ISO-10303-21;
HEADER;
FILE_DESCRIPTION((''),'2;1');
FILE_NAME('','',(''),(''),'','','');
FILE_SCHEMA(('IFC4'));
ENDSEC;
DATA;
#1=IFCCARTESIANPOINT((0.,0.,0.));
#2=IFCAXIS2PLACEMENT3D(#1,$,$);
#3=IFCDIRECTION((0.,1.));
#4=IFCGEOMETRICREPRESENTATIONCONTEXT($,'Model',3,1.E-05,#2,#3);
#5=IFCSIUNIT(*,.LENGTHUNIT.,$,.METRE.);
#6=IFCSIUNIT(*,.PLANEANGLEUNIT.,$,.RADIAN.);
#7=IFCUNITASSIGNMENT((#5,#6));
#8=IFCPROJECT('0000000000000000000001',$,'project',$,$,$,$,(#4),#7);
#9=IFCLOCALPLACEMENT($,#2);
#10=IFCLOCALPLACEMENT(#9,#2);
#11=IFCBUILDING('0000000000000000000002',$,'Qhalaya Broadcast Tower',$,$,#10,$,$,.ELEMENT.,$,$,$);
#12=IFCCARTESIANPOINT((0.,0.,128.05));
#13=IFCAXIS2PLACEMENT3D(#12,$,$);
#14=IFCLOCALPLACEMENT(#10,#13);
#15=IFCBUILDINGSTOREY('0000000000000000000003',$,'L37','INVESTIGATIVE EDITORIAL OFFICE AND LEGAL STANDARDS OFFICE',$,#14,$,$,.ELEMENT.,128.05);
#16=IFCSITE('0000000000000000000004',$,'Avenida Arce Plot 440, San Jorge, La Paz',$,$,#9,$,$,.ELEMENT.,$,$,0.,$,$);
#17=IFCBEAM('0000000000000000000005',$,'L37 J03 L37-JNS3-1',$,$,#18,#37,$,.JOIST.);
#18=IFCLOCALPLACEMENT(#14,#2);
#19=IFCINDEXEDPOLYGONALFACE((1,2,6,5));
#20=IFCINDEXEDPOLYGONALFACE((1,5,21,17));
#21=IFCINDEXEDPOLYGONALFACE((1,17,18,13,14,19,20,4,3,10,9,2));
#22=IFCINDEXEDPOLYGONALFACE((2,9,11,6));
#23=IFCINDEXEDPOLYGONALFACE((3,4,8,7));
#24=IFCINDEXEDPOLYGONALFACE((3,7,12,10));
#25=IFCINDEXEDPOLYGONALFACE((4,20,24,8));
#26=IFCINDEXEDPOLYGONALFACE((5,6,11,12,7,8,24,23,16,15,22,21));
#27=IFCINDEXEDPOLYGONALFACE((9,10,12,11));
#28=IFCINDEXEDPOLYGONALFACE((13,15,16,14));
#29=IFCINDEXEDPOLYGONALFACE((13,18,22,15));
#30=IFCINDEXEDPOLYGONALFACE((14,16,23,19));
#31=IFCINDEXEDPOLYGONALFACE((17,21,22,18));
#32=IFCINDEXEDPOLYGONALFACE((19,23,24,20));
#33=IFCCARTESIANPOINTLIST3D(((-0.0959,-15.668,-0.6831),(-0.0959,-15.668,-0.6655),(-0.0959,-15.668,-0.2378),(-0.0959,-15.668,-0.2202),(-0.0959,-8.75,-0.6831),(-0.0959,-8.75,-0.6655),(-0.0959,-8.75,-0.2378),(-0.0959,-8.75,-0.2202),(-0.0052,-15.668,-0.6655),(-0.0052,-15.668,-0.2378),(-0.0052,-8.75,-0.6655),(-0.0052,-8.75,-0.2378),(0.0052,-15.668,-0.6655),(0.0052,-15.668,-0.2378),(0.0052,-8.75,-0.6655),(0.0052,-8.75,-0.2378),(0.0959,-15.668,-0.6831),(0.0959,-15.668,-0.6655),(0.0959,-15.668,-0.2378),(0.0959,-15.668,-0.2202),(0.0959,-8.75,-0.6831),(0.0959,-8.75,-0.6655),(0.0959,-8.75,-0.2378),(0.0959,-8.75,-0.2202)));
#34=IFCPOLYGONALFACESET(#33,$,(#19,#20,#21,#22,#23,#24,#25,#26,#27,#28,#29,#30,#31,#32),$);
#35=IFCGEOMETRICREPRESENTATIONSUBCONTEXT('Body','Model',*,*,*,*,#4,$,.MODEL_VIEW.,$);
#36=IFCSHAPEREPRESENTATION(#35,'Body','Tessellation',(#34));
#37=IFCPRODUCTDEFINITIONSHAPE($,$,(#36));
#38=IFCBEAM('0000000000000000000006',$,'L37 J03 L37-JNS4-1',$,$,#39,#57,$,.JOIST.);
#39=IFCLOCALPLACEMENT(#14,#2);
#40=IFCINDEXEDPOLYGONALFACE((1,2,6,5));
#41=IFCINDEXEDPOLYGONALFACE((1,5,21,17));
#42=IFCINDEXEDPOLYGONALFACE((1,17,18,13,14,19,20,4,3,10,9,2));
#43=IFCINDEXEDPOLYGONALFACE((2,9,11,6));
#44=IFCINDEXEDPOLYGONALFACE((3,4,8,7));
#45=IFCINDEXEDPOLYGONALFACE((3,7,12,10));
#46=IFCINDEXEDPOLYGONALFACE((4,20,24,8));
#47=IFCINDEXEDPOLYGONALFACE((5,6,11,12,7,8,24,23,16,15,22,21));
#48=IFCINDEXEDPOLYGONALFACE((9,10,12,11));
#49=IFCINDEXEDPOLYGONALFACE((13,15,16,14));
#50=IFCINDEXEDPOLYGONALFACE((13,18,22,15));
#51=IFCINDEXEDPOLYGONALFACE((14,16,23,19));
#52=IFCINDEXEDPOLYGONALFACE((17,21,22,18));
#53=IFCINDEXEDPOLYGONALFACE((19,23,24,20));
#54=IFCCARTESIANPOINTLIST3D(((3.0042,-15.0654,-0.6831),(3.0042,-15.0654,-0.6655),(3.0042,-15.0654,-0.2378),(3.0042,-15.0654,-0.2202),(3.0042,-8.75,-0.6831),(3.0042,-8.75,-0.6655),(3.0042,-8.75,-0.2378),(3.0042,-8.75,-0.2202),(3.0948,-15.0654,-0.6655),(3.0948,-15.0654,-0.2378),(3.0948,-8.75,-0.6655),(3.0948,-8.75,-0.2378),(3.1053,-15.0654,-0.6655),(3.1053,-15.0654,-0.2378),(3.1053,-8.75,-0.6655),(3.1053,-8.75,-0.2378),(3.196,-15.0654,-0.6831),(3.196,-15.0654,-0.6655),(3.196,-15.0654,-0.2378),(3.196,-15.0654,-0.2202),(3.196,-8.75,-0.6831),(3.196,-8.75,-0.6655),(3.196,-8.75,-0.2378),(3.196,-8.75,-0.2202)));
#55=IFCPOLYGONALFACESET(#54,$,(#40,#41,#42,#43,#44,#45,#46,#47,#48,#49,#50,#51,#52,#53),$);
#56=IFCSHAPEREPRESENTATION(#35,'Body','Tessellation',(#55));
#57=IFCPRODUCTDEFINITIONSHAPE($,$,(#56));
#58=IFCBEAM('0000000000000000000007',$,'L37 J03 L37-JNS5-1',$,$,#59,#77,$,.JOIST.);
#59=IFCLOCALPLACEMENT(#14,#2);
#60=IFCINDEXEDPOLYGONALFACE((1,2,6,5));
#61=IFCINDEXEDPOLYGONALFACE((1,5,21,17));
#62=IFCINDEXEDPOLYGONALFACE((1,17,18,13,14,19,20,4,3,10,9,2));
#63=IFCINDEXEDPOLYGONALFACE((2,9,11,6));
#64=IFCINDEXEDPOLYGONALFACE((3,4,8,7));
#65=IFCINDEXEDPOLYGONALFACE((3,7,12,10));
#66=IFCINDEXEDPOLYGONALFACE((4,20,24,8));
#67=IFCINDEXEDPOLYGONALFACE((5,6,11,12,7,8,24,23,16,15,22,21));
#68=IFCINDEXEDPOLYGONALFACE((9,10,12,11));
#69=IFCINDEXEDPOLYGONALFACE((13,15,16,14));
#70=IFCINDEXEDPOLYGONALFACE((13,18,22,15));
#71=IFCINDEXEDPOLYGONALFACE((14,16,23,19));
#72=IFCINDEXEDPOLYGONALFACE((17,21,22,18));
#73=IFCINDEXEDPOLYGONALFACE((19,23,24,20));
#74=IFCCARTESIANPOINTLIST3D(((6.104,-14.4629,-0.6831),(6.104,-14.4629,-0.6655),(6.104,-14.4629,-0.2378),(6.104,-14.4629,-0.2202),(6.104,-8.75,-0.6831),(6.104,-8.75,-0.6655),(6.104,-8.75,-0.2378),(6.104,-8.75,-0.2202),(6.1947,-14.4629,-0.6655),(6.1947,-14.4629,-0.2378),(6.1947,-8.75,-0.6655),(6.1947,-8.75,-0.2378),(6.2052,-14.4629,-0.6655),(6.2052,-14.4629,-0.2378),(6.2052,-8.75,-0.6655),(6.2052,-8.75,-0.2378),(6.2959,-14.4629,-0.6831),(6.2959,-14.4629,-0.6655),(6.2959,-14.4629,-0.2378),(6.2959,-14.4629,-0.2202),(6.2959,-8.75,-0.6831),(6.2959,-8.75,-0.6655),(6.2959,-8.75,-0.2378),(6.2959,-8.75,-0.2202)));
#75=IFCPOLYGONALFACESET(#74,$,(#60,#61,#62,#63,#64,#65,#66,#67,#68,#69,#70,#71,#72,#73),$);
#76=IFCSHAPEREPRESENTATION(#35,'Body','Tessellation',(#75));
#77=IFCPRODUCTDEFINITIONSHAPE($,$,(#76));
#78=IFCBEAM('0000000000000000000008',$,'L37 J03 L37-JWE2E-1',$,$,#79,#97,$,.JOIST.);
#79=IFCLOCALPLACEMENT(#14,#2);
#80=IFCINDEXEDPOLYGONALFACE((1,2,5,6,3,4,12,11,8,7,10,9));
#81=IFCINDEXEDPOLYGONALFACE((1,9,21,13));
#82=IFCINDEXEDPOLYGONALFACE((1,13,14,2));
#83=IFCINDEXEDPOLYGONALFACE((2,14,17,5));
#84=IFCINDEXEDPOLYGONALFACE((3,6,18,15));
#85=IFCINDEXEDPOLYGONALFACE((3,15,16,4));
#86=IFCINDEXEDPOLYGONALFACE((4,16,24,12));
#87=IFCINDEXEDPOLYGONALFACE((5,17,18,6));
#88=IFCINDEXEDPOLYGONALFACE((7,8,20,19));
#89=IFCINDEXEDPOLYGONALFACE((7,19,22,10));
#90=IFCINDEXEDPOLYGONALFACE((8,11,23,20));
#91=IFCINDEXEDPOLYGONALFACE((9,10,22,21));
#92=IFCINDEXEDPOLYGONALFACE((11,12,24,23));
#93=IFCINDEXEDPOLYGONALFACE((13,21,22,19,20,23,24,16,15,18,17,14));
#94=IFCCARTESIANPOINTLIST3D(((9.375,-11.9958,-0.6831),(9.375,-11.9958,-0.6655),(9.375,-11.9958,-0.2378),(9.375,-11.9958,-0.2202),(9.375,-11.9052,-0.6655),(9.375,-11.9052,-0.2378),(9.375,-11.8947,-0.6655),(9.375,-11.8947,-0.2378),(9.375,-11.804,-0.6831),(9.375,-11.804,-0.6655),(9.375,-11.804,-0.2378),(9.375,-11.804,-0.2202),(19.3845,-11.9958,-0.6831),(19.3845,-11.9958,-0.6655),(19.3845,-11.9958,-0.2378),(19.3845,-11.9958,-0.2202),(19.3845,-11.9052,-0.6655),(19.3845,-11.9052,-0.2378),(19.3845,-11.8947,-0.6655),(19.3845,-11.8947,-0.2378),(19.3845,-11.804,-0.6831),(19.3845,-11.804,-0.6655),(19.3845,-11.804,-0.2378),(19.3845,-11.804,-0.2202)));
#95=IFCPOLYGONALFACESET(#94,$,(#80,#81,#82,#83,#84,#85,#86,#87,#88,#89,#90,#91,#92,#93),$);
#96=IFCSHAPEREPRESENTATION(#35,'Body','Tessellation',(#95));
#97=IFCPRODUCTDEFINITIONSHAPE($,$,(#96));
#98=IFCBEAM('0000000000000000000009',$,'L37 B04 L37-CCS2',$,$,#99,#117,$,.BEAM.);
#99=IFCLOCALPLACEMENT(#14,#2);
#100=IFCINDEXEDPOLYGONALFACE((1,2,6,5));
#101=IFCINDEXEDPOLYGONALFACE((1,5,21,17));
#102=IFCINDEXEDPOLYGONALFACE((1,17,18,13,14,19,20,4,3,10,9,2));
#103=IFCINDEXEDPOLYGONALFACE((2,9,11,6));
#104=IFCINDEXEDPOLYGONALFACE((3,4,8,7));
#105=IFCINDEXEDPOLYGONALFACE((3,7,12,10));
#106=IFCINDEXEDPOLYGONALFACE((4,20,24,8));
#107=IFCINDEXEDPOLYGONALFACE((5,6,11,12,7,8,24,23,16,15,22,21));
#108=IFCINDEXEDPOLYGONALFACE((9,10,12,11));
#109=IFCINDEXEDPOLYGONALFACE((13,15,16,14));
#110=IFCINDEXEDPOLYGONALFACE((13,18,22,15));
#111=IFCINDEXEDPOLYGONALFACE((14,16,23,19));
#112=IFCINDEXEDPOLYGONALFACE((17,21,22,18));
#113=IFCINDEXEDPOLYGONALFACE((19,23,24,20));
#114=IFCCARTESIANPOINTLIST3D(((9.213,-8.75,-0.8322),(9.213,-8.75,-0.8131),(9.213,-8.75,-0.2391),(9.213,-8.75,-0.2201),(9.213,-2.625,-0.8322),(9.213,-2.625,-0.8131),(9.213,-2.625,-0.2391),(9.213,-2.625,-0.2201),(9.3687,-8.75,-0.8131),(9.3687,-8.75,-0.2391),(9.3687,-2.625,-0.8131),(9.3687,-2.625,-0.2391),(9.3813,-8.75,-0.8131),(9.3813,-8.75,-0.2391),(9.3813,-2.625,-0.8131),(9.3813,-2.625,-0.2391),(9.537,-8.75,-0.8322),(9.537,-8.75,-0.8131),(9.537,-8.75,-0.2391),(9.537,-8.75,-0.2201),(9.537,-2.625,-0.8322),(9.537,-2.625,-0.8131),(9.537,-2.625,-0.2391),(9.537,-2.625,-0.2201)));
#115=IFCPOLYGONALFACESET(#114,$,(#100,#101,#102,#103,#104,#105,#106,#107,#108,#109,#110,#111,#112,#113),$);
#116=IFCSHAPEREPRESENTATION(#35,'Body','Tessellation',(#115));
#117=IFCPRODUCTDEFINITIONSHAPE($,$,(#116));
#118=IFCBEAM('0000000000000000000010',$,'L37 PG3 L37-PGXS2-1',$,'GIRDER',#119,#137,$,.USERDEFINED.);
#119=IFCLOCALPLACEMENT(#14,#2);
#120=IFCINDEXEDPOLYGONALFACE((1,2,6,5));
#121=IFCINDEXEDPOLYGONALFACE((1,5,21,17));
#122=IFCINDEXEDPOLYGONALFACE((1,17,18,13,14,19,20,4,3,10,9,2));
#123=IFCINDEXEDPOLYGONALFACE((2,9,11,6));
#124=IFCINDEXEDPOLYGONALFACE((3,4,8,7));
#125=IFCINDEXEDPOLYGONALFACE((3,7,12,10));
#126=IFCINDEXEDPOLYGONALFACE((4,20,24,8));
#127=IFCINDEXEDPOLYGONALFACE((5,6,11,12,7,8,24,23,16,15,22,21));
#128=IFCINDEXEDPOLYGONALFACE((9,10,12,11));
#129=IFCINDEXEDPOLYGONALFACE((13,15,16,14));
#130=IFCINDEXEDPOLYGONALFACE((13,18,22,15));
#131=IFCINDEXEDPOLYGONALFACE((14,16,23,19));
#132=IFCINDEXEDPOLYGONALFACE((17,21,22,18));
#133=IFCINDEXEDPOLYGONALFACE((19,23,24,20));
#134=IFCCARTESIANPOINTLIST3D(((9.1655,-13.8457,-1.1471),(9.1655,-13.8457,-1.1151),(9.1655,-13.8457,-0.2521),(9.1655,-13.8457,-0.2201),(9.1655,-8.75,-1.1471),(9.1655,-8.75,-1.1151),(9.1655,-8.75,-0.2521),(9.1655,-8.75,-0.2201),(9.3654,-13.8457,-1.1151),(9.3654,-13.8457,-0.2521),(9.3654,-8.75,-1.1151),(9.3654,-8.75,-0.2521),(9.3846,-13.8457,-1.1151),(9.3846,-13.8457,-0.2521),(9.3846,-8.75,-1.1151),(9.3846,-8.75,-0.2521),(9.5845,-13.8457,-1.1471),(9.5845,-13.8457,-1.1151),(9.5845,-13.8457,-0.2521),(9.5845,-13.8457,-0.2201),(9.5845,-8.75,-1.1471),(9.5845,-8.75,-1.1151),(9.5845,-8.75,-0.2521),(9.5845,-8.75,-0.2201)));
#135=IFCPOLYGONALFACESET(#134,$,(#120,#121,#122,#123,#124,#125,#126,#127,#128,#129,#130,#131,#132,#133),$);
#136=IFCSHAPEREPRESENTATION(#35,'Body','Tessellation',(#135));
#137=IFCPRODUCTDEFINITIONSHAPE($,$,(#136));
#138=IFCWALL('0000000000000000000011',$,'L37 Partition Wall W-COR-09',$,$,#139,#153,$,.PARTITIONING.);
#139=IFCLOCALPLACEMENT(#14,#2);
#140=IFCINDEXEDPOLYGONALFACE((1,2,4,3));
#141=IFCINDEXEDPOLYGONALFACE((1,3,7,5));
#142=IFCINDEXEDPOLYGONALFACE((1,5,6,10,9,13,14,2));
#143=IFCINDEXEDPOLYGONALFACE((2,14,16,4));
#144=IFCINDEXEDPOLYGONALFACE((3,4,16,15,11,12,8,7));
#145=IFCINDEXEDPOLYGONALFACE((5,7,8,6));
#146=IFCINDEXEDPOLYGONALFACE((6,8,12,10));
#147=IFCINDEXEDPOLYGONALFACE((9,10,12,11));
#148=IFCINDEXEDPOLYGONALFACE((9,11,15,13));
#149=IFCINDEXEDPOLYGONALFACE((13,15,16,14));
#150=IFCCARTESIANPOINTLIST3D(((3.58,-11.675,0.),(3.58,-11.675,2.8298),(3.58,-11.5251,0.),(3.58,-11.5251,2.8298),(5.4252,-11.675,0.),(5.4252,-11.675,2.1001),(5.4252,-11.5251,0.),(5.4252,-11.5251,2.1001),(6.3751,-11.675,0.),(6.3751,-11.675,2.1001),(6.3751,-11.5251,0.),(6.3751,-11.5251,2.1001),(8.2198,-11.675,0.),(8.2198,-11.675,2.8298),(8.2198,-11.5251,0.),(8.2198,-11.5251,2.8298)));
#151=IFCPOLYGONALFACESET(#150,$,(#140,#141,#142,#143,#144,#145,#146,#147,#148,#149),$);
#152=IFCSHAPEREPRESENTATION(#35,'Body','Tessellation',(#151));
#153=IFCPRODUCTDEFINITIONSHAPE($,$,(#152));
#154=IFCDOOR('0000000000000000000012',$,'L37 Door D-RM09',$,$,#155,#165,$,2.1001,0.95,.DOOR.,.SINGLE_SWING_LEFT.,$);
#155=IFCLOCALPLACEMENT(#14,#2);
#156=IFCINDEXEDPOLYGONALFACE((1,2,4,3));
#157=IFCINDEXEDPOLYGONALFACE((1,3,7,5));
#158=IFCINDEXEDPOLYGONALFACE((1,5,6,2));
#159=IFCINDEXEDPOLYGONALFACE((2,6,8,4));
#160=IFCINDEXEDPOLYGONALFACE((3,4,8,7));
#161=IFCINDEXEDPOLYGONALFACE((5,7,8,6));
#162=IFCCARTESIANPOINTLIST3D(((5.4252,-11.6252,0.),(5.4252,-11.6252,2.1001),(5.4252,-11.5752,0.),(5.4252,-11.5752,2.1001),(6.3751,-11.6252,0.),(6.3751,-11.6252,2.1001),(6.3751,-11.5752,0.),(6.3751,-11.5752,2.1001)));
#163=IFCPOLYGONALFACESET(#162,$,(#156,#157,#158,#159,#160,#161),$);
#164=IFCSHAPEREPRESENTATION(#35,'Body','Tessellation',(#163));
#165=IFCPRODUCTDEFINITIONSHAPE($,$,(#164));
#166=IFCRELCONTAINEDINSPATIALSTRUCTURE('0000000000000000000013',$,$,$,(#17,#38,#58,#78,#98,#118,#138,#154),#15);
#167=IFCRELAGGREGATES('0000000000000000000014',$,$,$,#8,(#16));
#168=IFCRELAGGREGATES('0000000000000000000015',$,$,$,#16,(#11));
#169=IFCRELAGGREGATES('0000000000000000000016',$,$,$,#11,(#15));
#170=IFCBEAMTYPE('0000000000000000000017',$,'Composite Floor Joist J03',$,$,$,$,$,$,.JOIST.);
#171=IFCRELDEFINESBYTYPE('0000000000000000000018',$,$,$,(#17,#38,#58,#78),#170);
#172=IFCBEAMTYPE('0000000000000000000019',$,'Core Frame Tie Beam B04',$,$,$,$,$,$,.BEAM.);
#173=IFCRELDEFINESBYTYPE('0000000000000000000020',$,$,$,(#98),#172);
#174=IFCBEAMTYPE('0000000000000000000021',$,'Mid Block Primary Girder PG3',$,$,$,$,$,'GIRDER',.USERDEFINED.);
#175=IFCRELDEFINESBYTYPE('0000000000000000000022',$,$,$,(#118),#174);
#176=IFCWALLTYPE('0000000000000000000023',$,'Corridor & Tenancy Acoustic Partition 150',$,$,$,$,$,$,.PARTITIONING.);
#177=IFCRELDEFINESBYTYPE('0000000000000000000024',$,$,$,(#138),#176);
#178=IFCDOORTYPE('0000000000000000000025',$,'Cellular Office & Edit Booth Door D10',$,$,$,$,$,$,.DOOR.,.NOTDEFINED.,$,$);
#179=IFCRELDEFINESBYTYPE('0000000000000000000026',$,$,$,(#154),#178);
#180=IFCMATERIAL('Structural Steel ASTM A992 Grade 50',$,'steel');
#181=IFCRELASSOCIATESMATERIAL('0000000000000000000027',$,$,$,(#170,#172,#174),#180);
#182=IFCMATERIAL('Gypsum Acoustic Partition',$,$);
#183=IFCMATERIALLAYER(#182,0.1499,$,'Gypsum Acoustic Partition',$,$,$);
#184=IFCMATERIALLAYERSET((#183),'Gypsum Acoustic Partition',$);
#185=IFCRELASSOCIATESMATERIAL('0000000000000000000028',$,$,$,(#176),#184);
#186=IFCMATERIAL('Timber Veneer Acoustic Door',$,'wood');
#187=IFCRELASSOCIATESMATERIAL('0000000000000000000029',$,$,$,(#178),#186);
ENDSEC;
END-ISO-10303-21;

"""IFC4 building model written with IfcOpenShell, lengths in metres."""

from ifc_helpers import new_model, si_unit, direction, frame, frame_2d, origin, origin_2d, place, context, subcontext, project, spatial, rectangle, i_section, extrude, material, layer, layer_set, material_profile, profile_set, type_object, element, fill, save


model = new_model("IFC4")

# Units and contexts
model_context = context("Model", 3, precision=1e-05, world=origin(), true_north=direction((0.0, 1.0)))
body_context = subcontext(model_context, "Body", "Model", "MODEL_VIEW")
ifc_project = project(units=[si_unit("LENGTHUNIT", "METRE"), si_unit("PLANEANGLEUNIT", "RADIAN")], contexts=[model_context])

# Site, building, storey
site_placement = place(None, origin())
site = spatial("IfcSite", under=ifc_project, at=site_placement, Name="Avenida Arce Plot 440, San Jorge, La Paz", CompositionType="ELEMENT", RefElevation=0.0)
building_placement = place(site_placement, origin())
building = spatial("IfcBuilding", under=site, at=building_placement, Name="Qhalaya Broadcast Tower", CompositionType="ELEMENT")
storey_placement = place(building_placement, frame((0.0, 0.0, 128.05)))
storey = spatial("IfcBuildingStorey", under=building, at=storey_placement, Name="L37", Description="INVESTIGATIVE EDITORIAL OFFICE AND LEGAL STANDARDS OFFICE", CompositionType="ELEMENT", Elevation=128.05)

# Beams
ifc_material_1 = material(Name="Structural Steel ASTM A992 Grade 50", Category="steel")
ifc_material_profile_1 = material_profile(ifc_material_1, i_section(OverallWidth=0.1919, OverallDepth=0.4629, WebThickness=0.0105, FlangeThickness=0.0176, at=origin_2d()), Name="W18X60")
ifc_profile_set_1 = profile_set([ifc_material_profile_1], Name="Structural Steel ASTM A992 Grade 50")
beam_type_1 = type_object("IfcBeamType", Name="Composite Floor Joist J03", PredefinedType="JOIST", material=ifc_profile_set_1)
beam_1_placement = place(storey_placement, frame((0.0, -15.668, -0.4517), z_axis=(0.0, 1.0, 0.0), x_axis=(-1.0, 0.0, 0.0)))
element("IfcBeam", 1, at=beam_1_placement, inside=storey, type_object=beam_type_1, Name="L37 J03 L37-JNS3-1", PredefinedType="JOIST", context=body_context, shape_type="SweptSolid", body=[
    extrude(i_section(OverallWidth=0.1919, OverallDepth=0.4629, WebThickness=0.0105, FlangeThickness=0.0176, at=origin_2d()), origin(), (0.0, 0.0, 1.0), 6.918),
])
beam_2_placement = place(storey_placement, frame((3.1001, -15.0654, -0.4517), z_axis=(0.0, 1.0, 0.0), x_axis=(-1.0, 0.0, 0.0)))
element("IfcBeam", 2, at=beam_2_placement, inside=storey, type_object=beam_type_1, Name="L37 J03 L37-JNS4-1", PredefinedType="JOIST", context=body_context, shape_type="SweptSolid", body=[
    extrude(i_section(OverallWidth=0.1919, OverallDepth=0.4629, WebThickness=0.0105, FlangeThickness=0.0176, at=origin_2d()), origin(), (0.0, 0.0, 1.0), 6.3154),
])
beam_3_placement = place(storey_placement, frame((6.2, -14.4629, -0.4517), z_axis=(0.0, 1.0, 0.0), x_axis=(-1.0, 0.0, 0.0)))
element("IfcBeam", 3, at=beam_3_placement, inside=storey, type_object=beam_type_1, Name="L37 J03 L37-JNS5-1", PredefinedType="JOIST", context=body_context, shape_type="SweptSolid", body=[
    extrude(i_section(OverallWidth=0.1919, OverallDepth=0.4629, WebThickness=0.0105, FlangeThickness=0.0176, at=origin_2d()), origin(), (0.0, 0.0, 1.0), 5.7129),
])
beam_4_placement = place(storey_placement, frame((9.375, -11.8999, -0.4517), z_axis=(1.0, 0.0, 0.0), x_axis=(0.0, 1.0, 0.0)))
element("IfcBeam", 4, at=beam_4_placement, inside=storey, type_object=beam_type_1, Name="L37 J03 L37-JWE2E-1", PredefinedType="JOIST", context=body_context, shape_type="SweptSolid", body=[
    extrude(i_section(OverallWidth=0.1919, OverallDepth=0.4629, WebThickness=0.0105, FlangeThickness=0.0176, at=origin_2d()), origin(), (0.0, 0.0, 1.0), 10.0095),
])
ifc_material_profile_2 = material_profile(ifc_material_1, i_section(OverallWidth=0.324, OverallDepth=0.6121, WebThickness=0.0127, FlangeThickness=0.019, at=origin_2d()), Name="W24X104")
ifc_profile_set_2 = profile_set([ifc_material_profile_2], Name="Structural Steel ASTM A992 Grade 50")
beam_type_2 = type_object("IfcBeamType", Name="Core Frame Tie Beam B04", PredefinedType="BEAM", material=ifc_profile_set_2)
beam_5_placement = place(storey_placement, frame((9.375, -8.75, -0.5261), z_axis=(0.0, 1.0, 0.0), x_axis=(-1.0, 0.0, 0.0)))
element("IfcBeam", 5, at=beam_5_placement, inside=storey, type_object=beam_type_2, Name="L37 B04 L37-CCS2", PredefinedType="BEAM", context=body_context, shape_type="SweptSolid", body=[
    extrude(i_section(OverallWidth=0.324, OverallDepth=0.6121, WebThickness=0.0127, FlangeThickness=0.019, at=origin_2d()), origin(), (0.0, 0.0, 1.0), 6.125),
])
ifc_material_profile_3 = material_profile(ifc_material_1, i_section(OverallWidth=0.4189, OverallDepth=0.927, WebThickness=0.0193, FlangeThickness=0.032, at=origin_2d()), Name="W36X231")
ifc_profile_set_3 = profile_set([ifc_material_profile_3], Name="Structural Steel ASTM A992 Grade 50")
beam_type_3 = type_object("IfcBeamType", Name="Mid Block Primary Girder PG3", ElementType="GIRDER", PredefinedType="USERDEFINED", material=ifc_profile_set_3)
beam_6_placement = place(storey_placement, frame((9.375, -13.8457, -0.6836), z_axis=(0.0, 1.0, 0.0), x_axis=(-1.0, 0.0, 0.0)))
element("IfcBeam", 6, at=beam_6_placement, inside=storey, type_object=beam_type_3, Name="L37 PG3 L37-PGXS2-1", ObjectType="GIRDER", PredefinedType="USERDEFINED", context=body_context, shape_type="SweptSolid", body=[
    extrude(i_section(OverallWidth=0.4189, OverallDepth=0.927, WebThickness=0.0193, FlangeThickness=0.032, at=origin_2d()), origin(), (0.0, 0.0, 1.0), 5.0957),
])

# Wall, opening, door
ifc_material_2 = material(Name="Gypsum Acoustic Partition")
ifc_layer_1 = layer(ifc_material_2, 0.1499, Name="Gypsum Acoustic Partition")
ifc_layer_set_1 = layer_set([ifc_layer_1], Name="Gypsum Acoustic Partition")
wall_type_1 = type_object("IfcWallType", Name="Corridor & Tenancy Acoustic Partition 150", PredefinedType="PARTITIONING", material=ifc_layer_set_1)
wall_1_placement = place(storey_placement, frame((3.5801, -11.6001, 0.0), z_axis=(0.0, 0.0, 1.0), x_axis=(1.0, 0.0, 0.0)))
wall_1 = element("IfcWall", 7, at=wall_1_placement, inside=storey, type_object=wall_type_1, Name="L37 Partition Wall W-COR-09", PredefinedType="PARTITIONING", context=body_context, shape_type="SweptSolid", body=[
    extrude(rectangle(XDim=4.6399, YDim=0.1499, at=frame_2d((2.3198, 0.0))), origin(), (0.0, 0.0, 1.0), 2.8298),
])
opening_1_placement = place(wall_1_placement, frame((1.845, 0.0, 0.0)))
opening_1 = element("IfcOpeningElement", 8, at=opening_1_placement, cuts=wall_1, PredefinedType="OPENING", context=body_context, shape_type="SweptSolid", body=[
    extrude(rectangle(XDim=0.95, YDim=2.1001, at=frame_2d((0.4751, 1.05))), frame((0.0, 0.0869, 0.0), z_axis=(0.0, -1.0, 0.0), x_axis=(1.0, 0.0, 0.0)), (0.0, 0.0, 1.0), 0.1738),
])
ifc_material_3 = material(Name="Timber Veneer Acoustic Door", Category="wood")
door_type = type_object("IfcDoorType", Name="Cellular Office & Edit Booth Door D10", OperationType="NOTDEFINED", PredefinedType="DOOR", material=ifc_material_3)
door_1_placement = place(opening_1_placement, origin())
door_1 = element("IfcDoor", 9, at=door_1_placement, inside=storey, type_object=door_type, Name="L37 Door D-RM09", OperationType="SINGLE_SWING_LEFT", OverallHeight=2.1001, OverallWidth=0.95, PredefinedType="DOOR", context=body_context, shape_type="SweptSolid", body=[
    extrude(rectangle(XDim=0.95, YDim=2.1001, at=frame_2d((0.4751, 1.05))), frame((0.0, 0.0249, 0.0), z_axis=(0.0, -1.0, 0.0), x_axis=(1.0, 0.0, 0.0)), (0.0, 0.0, 1.0), 0.05),
])
fill(opening_1, door_1)

save(model, "model.ifc")
